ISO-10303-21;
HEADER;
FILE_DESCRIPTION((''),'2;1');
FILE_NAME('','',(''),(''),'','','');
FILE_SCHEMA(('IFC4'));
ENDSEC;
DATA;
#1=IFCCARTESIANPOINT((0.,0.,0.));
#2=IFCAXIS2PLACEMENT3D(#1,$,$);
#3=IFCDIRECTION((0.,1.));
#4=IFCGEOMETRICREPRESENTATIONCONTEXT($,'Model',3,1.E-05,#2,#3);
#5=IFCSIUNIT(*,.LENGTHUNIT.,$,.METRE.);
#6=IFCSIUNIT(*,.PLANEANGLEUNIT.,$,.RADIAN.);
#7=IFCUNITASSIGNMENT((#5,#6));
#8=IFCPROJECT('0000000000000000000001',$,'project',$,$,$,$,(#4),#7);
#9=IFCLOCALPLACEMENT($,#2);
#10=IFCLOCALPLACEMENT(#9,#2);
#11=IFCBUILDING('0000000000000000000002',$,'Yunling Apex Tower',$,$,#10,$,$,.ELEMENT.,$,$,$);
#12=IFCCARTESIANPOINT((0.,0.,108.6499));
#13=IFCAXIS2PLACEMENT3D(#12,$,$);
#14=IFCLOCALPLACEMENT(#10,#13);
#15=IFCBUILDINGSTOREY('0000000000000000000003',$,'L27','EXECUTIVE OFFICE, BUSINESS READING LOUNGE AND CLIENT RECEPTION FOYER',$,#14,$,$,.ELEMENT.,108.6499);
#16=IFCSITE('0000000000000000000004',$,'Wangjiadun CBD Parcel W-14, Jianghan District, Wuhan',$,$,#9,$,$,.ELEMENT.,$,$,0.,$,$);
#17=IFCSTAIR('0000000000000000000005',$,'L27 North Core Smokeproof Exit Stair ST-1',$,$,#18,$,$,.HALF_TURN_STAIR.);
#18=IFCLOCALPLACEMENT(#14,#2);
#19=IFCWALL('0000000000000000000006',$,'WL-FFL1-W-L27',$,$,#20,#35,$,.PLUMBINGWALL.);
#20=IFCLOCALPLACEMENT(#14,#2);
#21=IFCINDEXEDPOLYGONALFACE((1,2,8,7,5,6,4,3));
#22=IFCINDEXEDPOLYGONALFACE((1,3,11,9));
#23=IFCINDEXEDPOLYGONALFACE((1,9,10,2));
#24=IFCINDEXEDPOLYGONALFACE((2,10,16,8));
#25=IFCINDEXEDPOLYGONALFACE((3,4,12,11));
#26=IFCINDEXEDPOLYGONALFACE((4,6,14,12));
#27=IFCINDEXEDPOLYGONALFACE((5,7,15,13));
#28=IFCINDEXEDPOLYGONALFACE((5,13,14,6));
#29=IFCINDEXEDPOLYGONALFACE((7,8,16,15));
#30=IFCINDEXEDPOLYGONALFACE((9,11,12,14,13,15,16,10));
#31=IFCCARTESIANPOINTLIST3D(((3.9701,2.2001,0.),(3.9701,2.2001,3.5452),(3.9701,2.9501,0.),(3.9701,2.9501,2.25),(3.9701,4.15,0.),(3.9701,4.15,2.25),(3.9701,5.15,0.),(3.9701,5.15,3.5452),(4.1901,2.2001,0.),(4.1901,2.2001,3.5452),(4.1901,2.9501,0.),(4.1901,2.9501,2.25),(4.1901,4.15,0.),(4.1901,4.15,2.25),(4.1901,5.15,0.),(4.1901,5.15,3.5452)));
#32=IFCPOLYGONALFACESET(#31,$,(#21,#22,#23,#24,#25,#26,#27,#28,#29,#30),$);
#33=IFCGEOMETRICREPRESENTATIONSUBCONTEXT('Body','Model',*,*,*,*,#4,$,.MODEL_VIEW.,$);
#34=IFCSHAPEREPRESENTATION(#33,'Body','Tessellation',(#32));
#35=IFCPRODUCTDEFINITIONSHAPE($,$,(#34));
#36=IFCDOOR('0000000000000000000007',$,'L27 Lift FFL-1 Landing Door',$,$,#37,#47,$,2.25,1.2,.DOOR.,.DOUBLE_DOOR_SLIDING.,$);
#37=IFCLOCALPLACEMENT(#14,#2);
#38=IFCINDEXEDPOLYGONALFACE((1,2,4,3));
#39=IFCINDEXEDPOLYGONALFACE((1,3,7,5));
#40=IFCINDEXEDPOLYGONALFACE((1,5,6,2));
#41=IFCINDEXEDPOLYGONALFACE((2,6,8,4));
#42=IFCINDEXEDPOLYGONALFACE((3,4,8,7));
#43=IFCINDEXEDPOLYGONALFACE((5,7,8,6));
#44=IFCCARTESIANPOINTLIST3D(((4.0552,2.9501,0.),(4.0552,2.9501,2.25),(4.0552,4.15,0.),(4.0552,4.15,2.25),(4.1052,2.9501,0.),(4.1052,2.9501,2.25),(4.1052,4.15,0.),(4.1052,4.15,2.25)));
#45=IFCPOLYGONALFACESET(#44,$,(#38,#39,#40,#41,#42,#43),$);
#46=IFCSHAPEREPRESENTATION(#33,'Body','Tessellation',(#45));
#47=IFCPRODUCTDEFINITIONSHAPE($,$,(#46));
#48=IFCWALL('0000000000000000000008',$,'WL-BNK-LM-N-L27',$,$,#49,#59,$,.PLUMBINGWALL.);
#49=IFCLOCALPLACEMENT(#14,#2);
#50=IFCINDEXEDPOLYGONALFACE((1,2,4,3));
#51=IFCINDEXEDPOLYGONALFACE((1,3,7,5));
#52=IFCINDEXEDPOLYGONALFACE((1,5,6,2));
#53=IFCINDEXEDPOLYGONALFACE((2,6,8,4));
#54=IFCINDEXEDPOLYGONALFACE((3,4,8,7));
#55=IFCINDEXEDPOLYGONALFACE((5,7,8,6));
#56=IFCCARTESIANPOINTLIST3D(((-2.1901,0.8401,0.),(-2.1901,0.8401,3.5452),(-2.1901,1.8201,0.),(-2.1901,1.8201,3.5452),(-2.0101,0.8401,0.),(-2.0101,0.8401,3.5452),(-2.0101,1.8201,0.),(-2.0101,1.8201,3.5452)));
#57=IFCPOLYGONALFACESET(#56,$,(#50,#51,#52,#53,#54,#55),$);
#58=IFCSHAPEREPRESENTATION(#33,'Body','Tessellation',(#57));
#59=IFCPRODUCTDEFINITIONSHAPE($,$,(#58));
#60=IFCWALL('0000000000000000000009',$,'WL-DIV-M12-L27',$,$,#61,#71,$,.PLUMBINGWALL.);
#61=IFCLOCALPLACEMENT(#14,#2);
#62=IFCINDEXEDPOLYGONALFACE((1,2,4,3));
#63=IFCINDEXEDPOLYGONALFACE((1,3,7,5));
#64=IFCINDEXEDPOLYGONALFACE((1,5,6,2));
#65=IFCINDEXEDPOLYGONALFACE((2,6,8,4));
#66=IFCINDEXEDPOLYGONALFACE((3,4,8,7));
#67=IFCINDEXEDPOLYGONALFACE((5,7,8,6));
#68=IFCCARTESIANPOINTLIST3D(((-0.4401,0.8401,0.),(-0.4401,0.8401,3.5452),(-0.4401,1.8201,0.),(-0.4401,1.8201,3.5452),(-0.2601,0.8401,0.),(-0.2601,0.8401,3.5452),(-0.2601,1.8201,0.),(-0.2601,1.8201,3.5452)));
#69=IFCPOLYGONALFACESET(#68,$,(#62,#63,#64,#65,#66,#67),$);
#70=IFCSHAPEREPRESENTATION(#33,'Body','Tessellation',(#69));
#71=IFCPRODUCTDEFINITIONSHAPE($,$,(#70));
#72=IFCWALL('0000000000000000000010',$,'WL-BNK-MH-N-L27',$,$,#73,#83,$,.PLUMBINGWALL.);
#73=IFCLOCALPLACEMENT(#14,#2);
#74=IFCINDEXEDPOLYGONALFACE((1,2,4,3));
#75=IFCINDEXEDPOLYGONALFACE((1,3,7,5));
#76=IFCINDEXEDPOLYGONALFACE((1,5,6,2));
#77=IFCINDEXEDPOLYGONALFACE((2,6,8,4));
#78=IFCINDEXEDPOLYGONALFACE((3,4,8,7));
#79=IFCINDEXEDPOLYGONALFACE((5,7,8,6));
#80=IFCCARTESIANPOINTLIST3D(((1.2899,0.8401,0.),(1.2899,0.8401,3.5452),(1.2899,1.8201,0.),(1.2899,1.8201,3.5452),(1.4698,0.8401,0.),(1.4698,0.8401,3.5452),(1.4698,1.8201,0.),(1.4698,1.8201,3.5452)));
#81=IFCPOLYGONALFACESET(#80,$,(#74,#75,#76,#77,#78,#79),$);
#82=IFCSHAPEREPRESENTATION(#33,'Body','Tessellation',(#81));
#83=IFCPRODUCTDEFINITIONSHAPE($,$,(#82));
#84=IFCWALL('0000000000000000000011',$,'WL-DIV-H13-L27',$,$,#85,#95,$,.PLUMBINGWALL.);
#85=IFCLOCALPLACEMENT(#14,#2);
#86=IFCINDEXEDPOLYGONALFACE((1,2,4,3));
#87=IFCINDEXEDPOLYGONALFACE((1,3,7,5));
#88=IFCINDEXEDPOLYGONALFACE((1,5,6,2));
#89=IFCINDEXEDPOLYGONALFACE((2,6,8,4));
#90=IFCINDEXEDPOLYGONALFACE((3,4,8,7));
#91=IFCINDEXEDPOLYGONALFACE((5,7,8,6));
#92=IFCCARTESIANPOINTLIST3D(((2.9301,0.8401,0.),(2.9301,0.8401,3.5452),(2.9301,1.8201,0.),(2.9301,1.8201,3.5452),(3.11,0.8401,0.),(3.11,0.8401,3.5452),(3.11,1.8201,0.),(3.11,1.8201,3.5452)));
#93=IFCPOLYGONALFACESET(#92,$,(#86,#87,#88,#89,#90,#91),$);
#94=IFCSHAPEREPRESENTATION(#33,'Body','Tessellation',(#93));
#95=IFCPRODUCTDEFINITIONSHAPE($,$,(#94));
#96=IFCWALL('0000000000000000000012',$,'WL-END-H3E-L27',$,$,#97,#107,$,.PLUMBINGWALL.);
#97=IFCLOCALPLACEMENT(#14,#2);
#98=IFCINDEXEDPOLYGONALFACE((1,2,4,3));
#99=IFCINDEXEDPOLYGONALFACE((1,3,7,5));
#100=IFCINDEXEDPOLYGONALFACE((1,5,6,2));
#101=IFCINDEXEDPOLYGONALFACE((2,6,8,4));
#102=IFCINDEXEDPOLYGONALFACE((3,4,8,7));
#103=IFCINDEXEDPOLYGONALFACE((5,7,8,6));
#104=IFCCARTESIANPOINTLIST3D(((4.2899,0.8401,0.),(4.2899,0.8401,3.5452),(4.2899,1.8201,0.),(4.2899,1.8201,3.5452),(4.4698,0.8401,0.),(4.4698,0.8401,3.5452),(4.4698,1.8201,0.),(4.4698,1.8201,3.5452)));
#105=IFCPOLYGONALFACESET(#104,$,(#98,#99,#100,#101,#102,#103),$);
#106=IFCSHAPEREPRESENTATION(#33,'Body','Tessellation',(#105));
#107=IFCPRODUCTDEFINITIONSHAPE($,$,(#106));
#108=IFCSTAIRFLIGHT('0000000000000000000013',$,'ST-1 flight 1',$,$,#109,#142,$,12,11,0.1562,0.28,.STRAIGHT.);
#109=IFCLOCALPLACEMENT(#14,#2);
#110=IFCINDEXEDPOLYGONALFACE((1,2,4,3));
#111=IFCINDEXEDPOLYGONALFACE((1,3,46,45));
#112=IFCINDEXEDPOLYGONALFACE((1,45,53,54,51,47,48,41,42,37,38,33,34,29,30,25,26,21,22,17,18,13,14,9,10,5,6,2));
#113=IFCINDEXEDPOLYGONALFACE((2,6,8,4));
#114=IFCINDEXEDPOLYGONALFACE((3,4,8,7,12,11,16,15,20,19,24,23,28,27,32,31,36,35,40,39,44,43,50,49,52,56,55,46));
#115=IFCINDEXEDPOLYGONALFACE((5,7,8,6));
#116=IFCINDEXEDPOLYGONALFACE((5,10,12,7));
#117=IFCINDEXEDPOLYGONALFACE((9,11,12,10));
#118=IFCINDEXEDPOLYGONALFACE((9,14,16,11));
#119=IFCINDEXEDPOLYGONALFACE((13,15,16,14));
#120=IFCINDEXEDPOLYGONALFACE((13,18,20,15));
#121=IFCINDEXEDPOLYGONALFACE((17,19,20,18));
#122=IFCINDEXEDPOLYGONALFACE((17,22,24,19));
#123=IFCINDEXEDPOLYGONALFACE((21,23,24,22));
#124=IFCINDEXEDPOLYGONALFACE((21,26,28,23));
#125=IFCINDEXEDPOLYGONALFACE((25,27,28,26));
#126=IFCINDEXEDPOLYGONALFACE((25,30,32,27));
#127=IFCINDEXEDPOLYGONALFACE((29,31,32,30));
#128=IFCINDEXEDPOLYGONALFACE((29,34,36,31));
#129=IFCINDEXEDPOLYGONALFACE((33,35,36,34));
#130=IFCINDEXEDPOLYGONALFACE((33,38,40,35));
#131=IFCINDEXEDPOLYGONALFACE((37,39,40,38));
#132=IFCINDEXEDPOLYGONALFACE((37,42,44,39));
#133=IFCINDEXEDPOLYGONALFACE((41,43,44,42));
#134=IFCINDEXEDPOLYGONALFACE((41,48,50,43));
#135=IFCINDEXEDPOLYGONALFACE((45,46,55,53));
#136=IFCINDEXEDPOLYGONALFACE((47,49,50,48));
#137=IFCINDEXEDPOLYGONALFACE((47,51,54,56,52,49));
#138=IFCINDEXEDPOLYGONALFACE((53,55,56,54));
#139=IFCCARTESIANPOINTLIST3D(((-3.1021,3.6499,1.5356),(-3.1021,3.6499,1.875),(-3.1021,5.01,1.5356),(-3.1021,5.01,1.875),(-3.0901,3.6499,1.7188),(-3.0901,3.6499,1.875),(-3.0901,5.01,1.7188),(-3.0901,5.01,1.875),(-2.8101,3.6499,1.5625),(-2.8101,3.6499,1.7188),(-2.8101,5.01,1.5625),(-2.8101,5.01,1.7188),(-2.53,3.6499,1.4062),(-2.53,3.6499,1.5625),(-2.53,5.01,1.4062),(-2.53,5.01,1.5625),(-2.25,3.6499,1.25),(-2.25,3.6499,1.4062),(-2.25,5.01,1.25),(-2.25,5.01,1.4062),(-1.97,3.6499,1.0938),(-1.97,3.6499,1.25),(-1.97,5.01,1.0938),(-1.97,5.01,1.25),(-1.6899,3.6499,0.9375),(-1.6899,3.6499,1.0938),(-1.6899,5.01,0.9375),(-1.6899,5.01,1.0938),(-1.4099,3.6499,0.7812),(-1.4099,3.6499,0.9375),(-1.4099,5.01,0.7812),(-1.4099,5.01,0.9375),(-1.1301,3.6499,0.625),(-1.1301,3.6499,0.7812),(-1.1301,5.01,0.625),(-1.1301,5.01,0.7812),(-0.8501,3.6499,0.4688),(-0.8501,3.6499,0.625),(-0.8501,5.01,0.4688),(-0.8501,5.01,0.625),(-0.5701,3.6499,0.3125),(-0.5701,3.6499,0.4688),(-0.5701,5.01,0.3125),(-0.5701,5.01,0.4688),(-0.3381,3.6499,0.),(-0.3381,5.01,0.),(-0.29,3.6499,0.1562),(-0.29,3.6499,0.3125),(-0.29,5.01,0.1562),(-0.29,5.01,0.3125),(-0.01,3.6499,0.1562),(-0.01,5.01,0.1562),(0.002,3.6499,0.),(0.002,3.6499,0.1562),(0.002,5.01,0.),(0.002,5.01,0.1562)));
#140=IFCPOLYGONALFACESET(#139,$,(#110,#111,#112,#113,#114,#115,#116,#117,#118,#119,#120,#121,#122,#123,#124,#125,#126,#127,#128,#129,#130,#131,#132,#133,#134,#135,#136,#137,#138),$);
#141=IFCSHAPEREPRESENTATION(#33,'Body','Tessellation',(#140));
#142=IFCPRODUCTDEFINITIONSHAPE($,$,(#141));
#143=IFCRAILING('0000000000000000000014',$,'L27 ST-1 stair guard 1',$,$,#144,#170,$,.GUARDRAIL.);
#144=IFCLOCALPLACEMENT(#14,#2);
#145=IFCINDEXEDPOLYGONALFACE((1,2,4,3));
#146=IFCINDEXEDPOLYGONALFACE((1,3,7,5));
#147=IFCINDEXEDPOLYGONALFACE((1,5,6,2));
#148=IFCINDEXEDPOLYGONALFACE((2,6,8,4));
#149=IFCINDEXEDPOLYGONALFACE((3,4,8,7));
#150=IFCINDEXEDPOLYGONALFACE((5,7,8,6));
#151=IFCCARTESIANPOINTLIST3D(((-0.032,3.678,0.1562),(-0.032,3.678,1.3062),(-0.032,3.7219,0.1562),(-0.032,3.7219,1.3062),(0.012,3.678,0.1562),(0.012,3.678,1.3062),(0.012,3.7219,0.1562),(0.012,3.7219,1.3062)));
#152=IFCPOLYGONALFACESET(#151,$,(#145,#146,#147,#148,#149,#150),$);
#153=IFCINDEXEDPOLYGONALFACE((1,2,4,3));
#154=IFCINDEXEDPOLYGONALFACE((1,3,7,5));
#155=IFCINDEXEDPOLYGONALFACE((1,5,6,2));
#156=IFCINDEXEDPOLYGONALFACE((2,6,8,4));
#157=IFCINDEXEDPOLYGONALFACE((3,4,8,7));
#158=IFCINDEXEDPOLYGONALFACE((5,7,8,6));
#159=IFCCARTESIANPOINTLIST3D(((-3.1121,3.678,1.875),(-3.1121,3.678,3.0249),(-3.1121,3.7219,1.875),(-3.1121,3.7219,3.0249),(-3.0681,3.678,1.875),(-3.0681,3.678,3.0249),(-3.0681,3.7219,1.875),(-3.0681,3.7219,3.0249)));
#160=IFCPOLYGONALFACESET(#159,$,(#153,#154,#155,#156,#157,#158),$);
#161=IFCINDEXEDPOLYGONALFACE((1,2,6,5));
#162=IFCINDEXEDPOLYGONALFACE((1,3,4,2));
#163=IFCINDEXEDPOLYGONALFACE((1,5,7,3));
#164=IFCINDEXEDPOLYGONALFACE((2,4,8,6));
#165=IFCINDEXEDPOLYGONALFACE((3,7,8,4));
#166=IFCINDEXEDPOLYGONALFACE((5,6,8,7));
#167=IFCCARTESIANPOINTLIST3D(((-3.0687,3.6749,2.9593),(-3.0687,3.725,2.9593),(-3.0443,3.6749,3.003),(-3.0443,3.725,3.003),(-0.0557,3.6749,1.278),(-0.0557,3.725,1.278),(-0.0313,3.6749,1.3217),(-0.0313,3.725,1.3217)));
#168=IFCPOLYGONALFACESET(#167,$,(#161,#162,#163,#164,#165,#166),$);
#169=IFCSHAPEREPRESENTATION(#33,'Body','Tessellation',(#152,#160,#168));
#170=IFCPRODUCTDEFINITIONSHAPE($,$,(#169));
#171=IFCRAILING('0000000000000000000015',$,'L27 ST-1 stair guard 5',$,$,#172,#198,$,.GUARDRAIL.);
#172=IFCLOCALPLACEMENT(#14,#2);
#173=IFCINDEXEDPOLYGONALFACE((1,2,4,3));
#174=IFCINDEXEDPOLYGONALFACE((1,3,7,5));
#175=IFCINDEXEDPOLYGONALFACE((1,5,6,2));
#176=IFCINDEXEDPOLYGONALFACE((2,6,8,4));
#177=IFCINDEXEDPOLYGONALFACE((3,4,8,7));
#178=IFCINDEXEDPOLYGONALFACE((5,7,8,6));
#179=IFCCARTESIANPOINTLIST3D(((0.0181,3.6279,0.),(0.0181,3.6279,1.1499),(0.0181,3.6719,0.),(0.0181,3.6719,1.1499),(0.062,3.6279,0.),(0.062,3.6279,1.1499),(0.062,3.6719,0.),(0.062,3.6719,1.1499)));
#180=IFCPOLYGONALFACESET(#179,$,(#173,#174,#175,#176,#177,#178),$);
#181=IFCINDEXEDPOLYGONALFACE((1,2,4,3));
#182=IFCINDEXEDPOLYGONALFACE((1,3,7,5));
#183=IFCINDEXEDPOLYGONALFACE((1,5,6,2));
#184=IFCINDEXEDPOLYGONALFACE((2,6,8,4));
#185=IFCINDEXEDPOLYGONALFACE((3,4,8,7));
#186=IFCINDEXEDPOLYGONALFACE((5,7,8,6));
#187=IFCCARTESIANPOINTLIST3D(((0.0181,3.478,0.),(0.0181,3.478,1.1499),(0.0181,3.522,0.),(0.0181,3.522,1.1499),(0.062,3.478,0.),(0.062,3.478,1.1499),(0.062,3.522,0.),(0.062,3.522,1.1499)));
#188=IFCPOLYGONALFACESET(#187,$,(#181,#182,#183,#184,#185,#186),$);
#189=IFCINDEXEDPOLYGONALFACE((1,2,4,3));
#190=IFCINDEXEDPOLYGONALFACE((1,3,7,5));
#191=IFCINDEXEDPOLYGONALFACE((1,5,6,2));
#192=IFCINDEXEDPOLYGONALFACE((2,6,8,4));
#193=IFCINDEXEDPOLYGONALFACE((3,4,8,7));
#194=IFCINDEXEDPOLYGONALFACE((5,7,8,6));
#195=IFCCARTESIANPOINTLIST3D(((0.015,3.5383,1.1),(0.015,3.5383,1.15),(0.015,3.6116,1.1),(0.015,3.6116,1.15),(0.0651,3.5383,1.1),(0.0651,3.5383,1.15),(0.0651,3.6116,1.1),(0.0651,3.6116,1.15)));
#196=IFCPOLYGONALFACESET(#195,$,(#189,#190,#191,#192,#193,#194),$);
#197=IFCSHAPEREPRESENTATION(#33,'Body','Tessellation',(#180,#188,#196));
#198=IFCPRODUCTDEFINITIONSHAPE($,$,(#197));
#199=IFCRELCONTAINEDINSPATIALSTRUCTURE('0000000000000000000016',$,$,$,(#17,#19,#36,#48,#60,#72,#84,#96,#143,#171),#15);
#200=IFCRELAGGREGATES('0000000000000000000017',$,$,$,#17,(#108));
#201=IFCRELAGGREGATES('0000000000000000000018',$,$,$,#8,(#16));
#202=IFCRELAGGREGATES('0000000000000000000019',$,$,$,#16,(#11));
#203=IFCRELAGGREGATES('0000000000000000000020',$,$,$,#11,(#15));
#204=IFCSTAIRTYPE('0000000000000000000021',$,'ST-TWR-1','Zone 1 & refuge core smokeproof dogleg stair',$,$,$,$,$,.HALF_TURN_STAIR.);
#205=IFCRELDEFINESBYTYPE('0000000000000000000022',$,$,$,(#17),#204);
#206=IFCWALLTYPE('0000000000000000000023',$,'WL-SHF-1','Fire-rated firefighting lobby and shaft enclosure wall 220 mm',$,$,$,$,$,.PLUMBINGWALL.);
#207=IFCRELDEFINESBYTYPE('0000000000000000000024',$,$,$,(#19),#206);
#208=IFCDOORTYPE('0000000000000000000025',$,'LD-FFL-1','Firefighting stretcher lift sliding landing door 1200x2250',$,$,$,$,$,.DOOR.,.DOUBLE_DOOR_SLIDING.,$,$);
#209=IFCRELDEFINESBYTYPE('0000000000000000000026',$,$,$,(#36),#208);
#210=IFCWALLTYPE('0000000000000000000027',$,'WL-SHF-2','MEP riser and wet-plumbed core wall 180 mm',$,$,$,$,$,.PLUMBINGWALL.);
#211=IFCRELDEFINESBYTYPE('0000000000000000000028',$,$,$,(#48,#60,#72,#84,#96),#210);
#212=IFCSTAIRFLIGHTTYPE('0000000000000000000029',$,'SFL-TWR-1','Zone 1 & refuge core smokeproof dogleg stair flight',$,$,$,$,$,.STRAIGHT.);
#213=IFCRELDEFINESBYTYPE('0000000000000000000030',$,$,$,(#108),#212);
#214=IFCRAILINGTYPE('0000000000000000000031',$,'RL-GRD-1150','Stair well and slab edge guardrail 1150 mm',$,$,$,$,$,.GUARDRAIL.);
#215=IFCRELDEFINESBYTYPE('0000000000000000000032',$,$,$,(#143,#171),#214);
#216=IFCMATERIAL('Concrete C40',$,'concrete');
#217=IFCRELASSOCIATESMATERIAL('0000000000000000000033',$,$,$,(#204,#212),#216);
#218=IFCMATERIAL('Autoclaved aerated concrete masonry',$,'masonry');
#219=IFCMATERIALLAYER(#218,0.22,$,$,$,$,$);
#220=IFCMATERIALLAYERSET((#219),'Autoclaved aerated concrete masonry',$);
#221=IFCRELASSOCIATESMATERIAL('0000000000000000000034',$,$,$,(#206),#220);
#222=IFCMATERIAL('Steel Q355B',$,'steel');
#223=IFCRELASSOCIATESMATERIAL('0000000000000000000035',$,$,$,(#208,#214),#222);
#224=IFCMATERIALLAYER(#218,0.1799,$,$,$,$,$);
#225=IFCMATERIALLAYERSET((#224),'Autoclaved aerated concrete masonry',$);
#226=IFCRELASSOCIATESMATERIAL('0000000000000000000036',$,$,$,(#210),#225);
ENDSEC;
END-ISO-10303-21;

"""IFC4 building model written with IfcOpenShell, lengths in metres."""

from ifc_helpers import new_model, si_unit, direction, frame, frame_2d, origin, origin_2d, place, context, subcontext, project, spatial, polyline, rectangle, outline, extrude, material, layer, layer_set, type_object, element, fill, aggregate, save


model = new_model("IFC4")

# Units and contexts
model_context = context("Model", 3, precision=1e-05, world=origin(), true_north=direction((0.0, 1.0)))
body_context = subcontext(model_context, "Body", "Model", "MODEL_VIEW")
ifc_project = project(units=[si_unit("LENGTHUNIT", "METRE"), si_unit("PLANEANGLEUNIT", "RADIAN")], contexts=[model_context])

# Site, building, storey
site_placement = place(None, origin())
site = spatial("IfcSite", under=ifc_project, at=site_placement, Name="Wangjiadun CBD Parcel W-14, Jianghan District, Wuhan", CompositionType="ELEMENT", RefElevation=0.0)
building_placement = place(site_placement, origin())
building = spatial("IfcBuilding", under=site, at=building_placement, Name="Yunling Apex Tower", CompositionType="ELEMENT")
storey_placement = place(building_placement, frame((0.0, 0.0, 108.6499)))
storey = spatial("IfcBuildingStorey", under=building, at=storey_placement, Name="L27", Description="EXECUTIVE OFFICE, BUSINESS READING LOUNGE AND CLIENT RECEPTION FOYER", CompositionType="ELEMENT", Elevation=108.6499)

# Shared definitions
ifc_material_1 = material(Name="Concrete C40", Category="concrete")

# Stair
stair_type = type_object("IfcStairType", Name="ST-TWR-1", Description="Zone 1 & refuge core smokeproof dogleg stair", PredefinedType="HALF_TURN_STAIR", material=ifc_material_1)
stair_1_placement = place(storey_placement, origin())
stair_1 = element("IfcStair", 1, at=stair_1_placement, inside=storey, type_object=stair_type, Name="L27 North Core Smokeproof Exit Stair ST-1", PredefinedType="HALF_TURN_STAIR")

# Wall, opening, door
ifc_material_2 = material(Name="Autoclaved aerated concrete masonry", Category="masonry")
ifc_layer_1 = layer(ifc_material_2, 0.22)
ifc_layer_set_1 = layer_set([ifc_layer_1], Name="Autoclaved aerated concrete masonry")
wall_type_1 = type_object("IfcWallType", Name="WL-SHF-1", Description="Fire-rated firefighting lobby and shaft enclosure wall 220 mm", PredefinedType="PLUMBINGWALL", material=ifc_layer_set_1)
ifc_material_3 = material(Name="Steel Q355B", Category="steel")
wall_1_placement = place(storey_placement, frame((4.0801, 2.2, 0.0), z_axis=(0.0, 0.0, 1.0), x_axis=(0.0, 1.0, 0.0)))
wall_1 = element("IfcWall", 2, at=wall_1_placement, inside=storey, type_object=wall_type_1, Name="WL-FFL1-W-L27", PredefinedType="PLUMBINGWALL", context=body_context, shape_type="SweptSolid", body=[
    extrude(rectangle(XDim=2.95, YDim=0.22, at=frame_2d((1.4751, 0.0))), origin(), (0.0, 0.0, 1.0), 3.5452),
])
opening_1_placement = place(wall_1_placement, frame((0.75, 0.0, 0.0)))
opening_1 = element("IfcOpeningElement", 3, at=opening_1_placement, cuts=wall_1, PredefinedType="OPENING", context=body_context, shape_type="SweptSolid", body=[
    extrude(rectangle(XDim=1.2, YDim=2.25, at=frame_2d((0.6001, 1.125))), frame((0.0, 0.1201, 0.0), z_axis=(0.0, -1.0, 0.0), x_axis=(1.0, 0.0, 0.0)), (0.0, 0.0, 1.0), 0.24),
])
door_type_1 = type_object("IfcDoorType", Name="LD-FFL-1", Description="Firefighting stretcher lift sliding landing door 1200x2250", OperationType="DOUBLE_DOOR_SLIDING", PredefinedType="DOOR", material=ifc_material_3)
door_1_placement = place(opening_1_placement, origin())
door_1 = element("IfcDoor", 4, at=door_1_placement, inside=storey, type_object=door_type_1, Name="L27 Lift FFL-1 Landing Door", OperationType="DOUBLE_DOOR_SLIDING", OverallHeight=2.25, OverallWidth=1.2, PredefinedType="DOOR", context=body_context, shape_type="SweptSolid", body=[
    extrude(rectangle(XDim=1.2, YDim=2.25, at=frame_2d((0.6001, 1.125))), frame((0.0, 0.0249, 0.0), z_axis=(0.0, -1.0, 0.0), x_axis=(1.0, 0.0, 0.0)), (0.0, 0.0, 1.0), 0.05),
])
fill(opening_1, door_1)

# Walls
ifc_layer_2 = layer(ifc_material_2, 0.1799)
ifc_layer_set_2 = layer_set([ifc_layer_2], Name="Autoclaved aerated concrete masonry")
wall_type_2 = type_object("IfcWallType", Name="WL-SHF-2", Description="MEP riser and wet-plumbed core wall 180 mm", PredefinedType="PLUMBINGWALL", material=ifc_layer_set_2)
for number, where, z_axis, x_axis, name in (
    (5, (-2.1001, 0.8401, 0.0), (0.0, 0.0, 1.0), (0.0, 1.0, 0.0), "WL-BNK-LM-N-L27"),
    (6, (-0.3501, 0.8401, 0.0), (0.0, 0.0, 1.0), (0.0, 1.0, 0.0), "WL-DIV-M12-L27"),
    (7, (1.3799, 0.8401, 0.0), (0.0, 0.0, 1.0), (0.0, 1.0, 0.0), "WL-BNK-MH-N-L27"),
    (8, (3.02, 0.8401, 0.0), (0.0, 0.0, 1.0), (0.0, 1.0, 0.0), "WL-DIV-H13-L27"),
    (9, (4.3799, 0.8401, 0.0), (0.0, 0.0, 1.0), (0.0, 1.0, 0.0), "WL-END-H3E-L27"),
):
    element("IfcWall", number, at=place(storey_placement, frame(where, z_axis=z_axis, x_axis=x_axis)), inside=storey, type_object=wall_type_2, Name=name, PredefinedType="PLUMBINGWALL", context=body_context, shape_type="SweptSolid", body=[
        extrude(rectangle(XDim=0.98, YDim=0.1799, at=frame_2d((0.49, 0.0))), origin(), (0.0, 0.0, 1.0), 3.5452),
    ])

# Stair flight
stair_flight_type = type_object("IfcStairFlightType", Name="SFL-TWR-1", Description="Zone 1 & refuge core smokeproof dogleg stair flight", PredefinedType="STRAIGHT", material=ifc_material_1)
stair_flight_placement = place(storey_placement, frame((-0.01, 4.3301, 0.0), z_axis=(0.0, 0.0, 1.0), x_axis=(-1.0, 0.0, 0.0)))
stair_flight = element("IfcStairFlight", 10, at=stair_flight_placement, type_object=stair_flight_type, Name="ST-1 flight 1", NumberOfRisers=12, NumberOfTreads=11, PredefinedType="STRAIGHT", RiserHeight=0.1562, TreadLength=0.28, context=body_context, shape_type="SweptSolid", body=[
    extrude(outline(polyline([(-0.012, 0.0), (-0.012, 0.1562), (0.0, 0.1562), (0.28, 0.1562), (0.28, 0.3125), (0.5601, 0.3125), (0.5601, 0.4688), (0.8401, 0.4688), (0.8401, 0.625), (1.1201, 0.625), (1.1201, 0.7812), (1.3999, 0.7812), (1.3999, 0.9375), (1.6799, 0.9375), (1.6799, 1.0938), (1.96, 1.0938), (1.96, 1.25), (2.24, 1.25), (2.24, 1.4062), (2.52, 1.4062), (2.52, 1.5625), (2.8, 1.5625), (2.8, 1.7188), (3.0801, 1.7188), (3.0801, 1.875), (3.092, 1.875), (3.092, 1.5356), (0.3281, 0.0), (-0.012, 0.0)])), frame((0.0, 0.6802, 0.0), z_axis=(0.0, -1.0, 0.0), x_axis=(1.0, 0.0, 0.0)), (0.0, 0.0, 1.0), 1.3601),
])
aggregate(stair_1, [stair_flight])

# Railings
railing_type_1 = type_object("IfcRailingType", Name="RL-GRD-1150", Description="Stair well and slab edge guardrail 1150 mm", PredefinedType="GUARDRAIL", material=ifc_material_3)
railing_1_placement = place(storey_placement, frame((-0.01, 3.7, 0.1562)))
element("IfcRailing", 11, at=railing_1_placement, inside=storey, type_object=railing_type_1, Name="L27 ST-1 stair guard 1", PredefinedType="GUARDRAIL", context=body_context, shape_type="SweptSolid", body=[
    extrude(rectangle(XDim=0.0439, YDim=0.0439, at=origin_2d()), origin(), (0.0, 0.0, 1.0), 1.1499),
    extrude(rectangle(XDim=0.0439, YDim=0.0439, at=origin_2d()), frame((-3.0801, 0.0, 1.7188)), (0.0, 0.0, 1.0), 1.1499),
    extrude(rectangle(XDim=0.05, YDim=0.05, at=origin_2d()), frame((-0.0334, 0.0, 1.1436), z_axis=(-0.873242, 0.0, 0.487288), x_axis=(0.0, -1.0, 0.0)), (0.0, 0.0, 1.0), 3.4504),
])
railing_2_placement = place(storey_placement, frame((0.04, 3.6499, 0.0)))
element("IfcRailing", 12, at=railing_2_placement, inside=storey, type_object=railing_type_1, Name="L27 ST-1 stair guard 5", PredefinedType="GUARDRAIL", context=body_context, shape_type="SweptSolid", body=[
    extrude(rectangle(XDim=0.0439, YDim=0.0439, at=origin_2d()), origin(), (0.0, 0.0, 1.0), 1.1499),
    extrude(rectangle(XDim=0.0439, YDim=0.0439, at=origin_2d()), frame((0.0, -0.1499, 0.0)), (0.0, 0.0, 1.0), 1.1499),
    extrude(rectangle(XDim=0.05, YDim=0.05, at=origin_2d()), frame((0.0, -0.0383, 1.125), z_axis=(0.0, -1.0, 0.0), x_axis=(1.0, 0.0, 0.0)), (0.0, 0.0, 1.0), 0.0732),
])

save(model, "model.ifc")
